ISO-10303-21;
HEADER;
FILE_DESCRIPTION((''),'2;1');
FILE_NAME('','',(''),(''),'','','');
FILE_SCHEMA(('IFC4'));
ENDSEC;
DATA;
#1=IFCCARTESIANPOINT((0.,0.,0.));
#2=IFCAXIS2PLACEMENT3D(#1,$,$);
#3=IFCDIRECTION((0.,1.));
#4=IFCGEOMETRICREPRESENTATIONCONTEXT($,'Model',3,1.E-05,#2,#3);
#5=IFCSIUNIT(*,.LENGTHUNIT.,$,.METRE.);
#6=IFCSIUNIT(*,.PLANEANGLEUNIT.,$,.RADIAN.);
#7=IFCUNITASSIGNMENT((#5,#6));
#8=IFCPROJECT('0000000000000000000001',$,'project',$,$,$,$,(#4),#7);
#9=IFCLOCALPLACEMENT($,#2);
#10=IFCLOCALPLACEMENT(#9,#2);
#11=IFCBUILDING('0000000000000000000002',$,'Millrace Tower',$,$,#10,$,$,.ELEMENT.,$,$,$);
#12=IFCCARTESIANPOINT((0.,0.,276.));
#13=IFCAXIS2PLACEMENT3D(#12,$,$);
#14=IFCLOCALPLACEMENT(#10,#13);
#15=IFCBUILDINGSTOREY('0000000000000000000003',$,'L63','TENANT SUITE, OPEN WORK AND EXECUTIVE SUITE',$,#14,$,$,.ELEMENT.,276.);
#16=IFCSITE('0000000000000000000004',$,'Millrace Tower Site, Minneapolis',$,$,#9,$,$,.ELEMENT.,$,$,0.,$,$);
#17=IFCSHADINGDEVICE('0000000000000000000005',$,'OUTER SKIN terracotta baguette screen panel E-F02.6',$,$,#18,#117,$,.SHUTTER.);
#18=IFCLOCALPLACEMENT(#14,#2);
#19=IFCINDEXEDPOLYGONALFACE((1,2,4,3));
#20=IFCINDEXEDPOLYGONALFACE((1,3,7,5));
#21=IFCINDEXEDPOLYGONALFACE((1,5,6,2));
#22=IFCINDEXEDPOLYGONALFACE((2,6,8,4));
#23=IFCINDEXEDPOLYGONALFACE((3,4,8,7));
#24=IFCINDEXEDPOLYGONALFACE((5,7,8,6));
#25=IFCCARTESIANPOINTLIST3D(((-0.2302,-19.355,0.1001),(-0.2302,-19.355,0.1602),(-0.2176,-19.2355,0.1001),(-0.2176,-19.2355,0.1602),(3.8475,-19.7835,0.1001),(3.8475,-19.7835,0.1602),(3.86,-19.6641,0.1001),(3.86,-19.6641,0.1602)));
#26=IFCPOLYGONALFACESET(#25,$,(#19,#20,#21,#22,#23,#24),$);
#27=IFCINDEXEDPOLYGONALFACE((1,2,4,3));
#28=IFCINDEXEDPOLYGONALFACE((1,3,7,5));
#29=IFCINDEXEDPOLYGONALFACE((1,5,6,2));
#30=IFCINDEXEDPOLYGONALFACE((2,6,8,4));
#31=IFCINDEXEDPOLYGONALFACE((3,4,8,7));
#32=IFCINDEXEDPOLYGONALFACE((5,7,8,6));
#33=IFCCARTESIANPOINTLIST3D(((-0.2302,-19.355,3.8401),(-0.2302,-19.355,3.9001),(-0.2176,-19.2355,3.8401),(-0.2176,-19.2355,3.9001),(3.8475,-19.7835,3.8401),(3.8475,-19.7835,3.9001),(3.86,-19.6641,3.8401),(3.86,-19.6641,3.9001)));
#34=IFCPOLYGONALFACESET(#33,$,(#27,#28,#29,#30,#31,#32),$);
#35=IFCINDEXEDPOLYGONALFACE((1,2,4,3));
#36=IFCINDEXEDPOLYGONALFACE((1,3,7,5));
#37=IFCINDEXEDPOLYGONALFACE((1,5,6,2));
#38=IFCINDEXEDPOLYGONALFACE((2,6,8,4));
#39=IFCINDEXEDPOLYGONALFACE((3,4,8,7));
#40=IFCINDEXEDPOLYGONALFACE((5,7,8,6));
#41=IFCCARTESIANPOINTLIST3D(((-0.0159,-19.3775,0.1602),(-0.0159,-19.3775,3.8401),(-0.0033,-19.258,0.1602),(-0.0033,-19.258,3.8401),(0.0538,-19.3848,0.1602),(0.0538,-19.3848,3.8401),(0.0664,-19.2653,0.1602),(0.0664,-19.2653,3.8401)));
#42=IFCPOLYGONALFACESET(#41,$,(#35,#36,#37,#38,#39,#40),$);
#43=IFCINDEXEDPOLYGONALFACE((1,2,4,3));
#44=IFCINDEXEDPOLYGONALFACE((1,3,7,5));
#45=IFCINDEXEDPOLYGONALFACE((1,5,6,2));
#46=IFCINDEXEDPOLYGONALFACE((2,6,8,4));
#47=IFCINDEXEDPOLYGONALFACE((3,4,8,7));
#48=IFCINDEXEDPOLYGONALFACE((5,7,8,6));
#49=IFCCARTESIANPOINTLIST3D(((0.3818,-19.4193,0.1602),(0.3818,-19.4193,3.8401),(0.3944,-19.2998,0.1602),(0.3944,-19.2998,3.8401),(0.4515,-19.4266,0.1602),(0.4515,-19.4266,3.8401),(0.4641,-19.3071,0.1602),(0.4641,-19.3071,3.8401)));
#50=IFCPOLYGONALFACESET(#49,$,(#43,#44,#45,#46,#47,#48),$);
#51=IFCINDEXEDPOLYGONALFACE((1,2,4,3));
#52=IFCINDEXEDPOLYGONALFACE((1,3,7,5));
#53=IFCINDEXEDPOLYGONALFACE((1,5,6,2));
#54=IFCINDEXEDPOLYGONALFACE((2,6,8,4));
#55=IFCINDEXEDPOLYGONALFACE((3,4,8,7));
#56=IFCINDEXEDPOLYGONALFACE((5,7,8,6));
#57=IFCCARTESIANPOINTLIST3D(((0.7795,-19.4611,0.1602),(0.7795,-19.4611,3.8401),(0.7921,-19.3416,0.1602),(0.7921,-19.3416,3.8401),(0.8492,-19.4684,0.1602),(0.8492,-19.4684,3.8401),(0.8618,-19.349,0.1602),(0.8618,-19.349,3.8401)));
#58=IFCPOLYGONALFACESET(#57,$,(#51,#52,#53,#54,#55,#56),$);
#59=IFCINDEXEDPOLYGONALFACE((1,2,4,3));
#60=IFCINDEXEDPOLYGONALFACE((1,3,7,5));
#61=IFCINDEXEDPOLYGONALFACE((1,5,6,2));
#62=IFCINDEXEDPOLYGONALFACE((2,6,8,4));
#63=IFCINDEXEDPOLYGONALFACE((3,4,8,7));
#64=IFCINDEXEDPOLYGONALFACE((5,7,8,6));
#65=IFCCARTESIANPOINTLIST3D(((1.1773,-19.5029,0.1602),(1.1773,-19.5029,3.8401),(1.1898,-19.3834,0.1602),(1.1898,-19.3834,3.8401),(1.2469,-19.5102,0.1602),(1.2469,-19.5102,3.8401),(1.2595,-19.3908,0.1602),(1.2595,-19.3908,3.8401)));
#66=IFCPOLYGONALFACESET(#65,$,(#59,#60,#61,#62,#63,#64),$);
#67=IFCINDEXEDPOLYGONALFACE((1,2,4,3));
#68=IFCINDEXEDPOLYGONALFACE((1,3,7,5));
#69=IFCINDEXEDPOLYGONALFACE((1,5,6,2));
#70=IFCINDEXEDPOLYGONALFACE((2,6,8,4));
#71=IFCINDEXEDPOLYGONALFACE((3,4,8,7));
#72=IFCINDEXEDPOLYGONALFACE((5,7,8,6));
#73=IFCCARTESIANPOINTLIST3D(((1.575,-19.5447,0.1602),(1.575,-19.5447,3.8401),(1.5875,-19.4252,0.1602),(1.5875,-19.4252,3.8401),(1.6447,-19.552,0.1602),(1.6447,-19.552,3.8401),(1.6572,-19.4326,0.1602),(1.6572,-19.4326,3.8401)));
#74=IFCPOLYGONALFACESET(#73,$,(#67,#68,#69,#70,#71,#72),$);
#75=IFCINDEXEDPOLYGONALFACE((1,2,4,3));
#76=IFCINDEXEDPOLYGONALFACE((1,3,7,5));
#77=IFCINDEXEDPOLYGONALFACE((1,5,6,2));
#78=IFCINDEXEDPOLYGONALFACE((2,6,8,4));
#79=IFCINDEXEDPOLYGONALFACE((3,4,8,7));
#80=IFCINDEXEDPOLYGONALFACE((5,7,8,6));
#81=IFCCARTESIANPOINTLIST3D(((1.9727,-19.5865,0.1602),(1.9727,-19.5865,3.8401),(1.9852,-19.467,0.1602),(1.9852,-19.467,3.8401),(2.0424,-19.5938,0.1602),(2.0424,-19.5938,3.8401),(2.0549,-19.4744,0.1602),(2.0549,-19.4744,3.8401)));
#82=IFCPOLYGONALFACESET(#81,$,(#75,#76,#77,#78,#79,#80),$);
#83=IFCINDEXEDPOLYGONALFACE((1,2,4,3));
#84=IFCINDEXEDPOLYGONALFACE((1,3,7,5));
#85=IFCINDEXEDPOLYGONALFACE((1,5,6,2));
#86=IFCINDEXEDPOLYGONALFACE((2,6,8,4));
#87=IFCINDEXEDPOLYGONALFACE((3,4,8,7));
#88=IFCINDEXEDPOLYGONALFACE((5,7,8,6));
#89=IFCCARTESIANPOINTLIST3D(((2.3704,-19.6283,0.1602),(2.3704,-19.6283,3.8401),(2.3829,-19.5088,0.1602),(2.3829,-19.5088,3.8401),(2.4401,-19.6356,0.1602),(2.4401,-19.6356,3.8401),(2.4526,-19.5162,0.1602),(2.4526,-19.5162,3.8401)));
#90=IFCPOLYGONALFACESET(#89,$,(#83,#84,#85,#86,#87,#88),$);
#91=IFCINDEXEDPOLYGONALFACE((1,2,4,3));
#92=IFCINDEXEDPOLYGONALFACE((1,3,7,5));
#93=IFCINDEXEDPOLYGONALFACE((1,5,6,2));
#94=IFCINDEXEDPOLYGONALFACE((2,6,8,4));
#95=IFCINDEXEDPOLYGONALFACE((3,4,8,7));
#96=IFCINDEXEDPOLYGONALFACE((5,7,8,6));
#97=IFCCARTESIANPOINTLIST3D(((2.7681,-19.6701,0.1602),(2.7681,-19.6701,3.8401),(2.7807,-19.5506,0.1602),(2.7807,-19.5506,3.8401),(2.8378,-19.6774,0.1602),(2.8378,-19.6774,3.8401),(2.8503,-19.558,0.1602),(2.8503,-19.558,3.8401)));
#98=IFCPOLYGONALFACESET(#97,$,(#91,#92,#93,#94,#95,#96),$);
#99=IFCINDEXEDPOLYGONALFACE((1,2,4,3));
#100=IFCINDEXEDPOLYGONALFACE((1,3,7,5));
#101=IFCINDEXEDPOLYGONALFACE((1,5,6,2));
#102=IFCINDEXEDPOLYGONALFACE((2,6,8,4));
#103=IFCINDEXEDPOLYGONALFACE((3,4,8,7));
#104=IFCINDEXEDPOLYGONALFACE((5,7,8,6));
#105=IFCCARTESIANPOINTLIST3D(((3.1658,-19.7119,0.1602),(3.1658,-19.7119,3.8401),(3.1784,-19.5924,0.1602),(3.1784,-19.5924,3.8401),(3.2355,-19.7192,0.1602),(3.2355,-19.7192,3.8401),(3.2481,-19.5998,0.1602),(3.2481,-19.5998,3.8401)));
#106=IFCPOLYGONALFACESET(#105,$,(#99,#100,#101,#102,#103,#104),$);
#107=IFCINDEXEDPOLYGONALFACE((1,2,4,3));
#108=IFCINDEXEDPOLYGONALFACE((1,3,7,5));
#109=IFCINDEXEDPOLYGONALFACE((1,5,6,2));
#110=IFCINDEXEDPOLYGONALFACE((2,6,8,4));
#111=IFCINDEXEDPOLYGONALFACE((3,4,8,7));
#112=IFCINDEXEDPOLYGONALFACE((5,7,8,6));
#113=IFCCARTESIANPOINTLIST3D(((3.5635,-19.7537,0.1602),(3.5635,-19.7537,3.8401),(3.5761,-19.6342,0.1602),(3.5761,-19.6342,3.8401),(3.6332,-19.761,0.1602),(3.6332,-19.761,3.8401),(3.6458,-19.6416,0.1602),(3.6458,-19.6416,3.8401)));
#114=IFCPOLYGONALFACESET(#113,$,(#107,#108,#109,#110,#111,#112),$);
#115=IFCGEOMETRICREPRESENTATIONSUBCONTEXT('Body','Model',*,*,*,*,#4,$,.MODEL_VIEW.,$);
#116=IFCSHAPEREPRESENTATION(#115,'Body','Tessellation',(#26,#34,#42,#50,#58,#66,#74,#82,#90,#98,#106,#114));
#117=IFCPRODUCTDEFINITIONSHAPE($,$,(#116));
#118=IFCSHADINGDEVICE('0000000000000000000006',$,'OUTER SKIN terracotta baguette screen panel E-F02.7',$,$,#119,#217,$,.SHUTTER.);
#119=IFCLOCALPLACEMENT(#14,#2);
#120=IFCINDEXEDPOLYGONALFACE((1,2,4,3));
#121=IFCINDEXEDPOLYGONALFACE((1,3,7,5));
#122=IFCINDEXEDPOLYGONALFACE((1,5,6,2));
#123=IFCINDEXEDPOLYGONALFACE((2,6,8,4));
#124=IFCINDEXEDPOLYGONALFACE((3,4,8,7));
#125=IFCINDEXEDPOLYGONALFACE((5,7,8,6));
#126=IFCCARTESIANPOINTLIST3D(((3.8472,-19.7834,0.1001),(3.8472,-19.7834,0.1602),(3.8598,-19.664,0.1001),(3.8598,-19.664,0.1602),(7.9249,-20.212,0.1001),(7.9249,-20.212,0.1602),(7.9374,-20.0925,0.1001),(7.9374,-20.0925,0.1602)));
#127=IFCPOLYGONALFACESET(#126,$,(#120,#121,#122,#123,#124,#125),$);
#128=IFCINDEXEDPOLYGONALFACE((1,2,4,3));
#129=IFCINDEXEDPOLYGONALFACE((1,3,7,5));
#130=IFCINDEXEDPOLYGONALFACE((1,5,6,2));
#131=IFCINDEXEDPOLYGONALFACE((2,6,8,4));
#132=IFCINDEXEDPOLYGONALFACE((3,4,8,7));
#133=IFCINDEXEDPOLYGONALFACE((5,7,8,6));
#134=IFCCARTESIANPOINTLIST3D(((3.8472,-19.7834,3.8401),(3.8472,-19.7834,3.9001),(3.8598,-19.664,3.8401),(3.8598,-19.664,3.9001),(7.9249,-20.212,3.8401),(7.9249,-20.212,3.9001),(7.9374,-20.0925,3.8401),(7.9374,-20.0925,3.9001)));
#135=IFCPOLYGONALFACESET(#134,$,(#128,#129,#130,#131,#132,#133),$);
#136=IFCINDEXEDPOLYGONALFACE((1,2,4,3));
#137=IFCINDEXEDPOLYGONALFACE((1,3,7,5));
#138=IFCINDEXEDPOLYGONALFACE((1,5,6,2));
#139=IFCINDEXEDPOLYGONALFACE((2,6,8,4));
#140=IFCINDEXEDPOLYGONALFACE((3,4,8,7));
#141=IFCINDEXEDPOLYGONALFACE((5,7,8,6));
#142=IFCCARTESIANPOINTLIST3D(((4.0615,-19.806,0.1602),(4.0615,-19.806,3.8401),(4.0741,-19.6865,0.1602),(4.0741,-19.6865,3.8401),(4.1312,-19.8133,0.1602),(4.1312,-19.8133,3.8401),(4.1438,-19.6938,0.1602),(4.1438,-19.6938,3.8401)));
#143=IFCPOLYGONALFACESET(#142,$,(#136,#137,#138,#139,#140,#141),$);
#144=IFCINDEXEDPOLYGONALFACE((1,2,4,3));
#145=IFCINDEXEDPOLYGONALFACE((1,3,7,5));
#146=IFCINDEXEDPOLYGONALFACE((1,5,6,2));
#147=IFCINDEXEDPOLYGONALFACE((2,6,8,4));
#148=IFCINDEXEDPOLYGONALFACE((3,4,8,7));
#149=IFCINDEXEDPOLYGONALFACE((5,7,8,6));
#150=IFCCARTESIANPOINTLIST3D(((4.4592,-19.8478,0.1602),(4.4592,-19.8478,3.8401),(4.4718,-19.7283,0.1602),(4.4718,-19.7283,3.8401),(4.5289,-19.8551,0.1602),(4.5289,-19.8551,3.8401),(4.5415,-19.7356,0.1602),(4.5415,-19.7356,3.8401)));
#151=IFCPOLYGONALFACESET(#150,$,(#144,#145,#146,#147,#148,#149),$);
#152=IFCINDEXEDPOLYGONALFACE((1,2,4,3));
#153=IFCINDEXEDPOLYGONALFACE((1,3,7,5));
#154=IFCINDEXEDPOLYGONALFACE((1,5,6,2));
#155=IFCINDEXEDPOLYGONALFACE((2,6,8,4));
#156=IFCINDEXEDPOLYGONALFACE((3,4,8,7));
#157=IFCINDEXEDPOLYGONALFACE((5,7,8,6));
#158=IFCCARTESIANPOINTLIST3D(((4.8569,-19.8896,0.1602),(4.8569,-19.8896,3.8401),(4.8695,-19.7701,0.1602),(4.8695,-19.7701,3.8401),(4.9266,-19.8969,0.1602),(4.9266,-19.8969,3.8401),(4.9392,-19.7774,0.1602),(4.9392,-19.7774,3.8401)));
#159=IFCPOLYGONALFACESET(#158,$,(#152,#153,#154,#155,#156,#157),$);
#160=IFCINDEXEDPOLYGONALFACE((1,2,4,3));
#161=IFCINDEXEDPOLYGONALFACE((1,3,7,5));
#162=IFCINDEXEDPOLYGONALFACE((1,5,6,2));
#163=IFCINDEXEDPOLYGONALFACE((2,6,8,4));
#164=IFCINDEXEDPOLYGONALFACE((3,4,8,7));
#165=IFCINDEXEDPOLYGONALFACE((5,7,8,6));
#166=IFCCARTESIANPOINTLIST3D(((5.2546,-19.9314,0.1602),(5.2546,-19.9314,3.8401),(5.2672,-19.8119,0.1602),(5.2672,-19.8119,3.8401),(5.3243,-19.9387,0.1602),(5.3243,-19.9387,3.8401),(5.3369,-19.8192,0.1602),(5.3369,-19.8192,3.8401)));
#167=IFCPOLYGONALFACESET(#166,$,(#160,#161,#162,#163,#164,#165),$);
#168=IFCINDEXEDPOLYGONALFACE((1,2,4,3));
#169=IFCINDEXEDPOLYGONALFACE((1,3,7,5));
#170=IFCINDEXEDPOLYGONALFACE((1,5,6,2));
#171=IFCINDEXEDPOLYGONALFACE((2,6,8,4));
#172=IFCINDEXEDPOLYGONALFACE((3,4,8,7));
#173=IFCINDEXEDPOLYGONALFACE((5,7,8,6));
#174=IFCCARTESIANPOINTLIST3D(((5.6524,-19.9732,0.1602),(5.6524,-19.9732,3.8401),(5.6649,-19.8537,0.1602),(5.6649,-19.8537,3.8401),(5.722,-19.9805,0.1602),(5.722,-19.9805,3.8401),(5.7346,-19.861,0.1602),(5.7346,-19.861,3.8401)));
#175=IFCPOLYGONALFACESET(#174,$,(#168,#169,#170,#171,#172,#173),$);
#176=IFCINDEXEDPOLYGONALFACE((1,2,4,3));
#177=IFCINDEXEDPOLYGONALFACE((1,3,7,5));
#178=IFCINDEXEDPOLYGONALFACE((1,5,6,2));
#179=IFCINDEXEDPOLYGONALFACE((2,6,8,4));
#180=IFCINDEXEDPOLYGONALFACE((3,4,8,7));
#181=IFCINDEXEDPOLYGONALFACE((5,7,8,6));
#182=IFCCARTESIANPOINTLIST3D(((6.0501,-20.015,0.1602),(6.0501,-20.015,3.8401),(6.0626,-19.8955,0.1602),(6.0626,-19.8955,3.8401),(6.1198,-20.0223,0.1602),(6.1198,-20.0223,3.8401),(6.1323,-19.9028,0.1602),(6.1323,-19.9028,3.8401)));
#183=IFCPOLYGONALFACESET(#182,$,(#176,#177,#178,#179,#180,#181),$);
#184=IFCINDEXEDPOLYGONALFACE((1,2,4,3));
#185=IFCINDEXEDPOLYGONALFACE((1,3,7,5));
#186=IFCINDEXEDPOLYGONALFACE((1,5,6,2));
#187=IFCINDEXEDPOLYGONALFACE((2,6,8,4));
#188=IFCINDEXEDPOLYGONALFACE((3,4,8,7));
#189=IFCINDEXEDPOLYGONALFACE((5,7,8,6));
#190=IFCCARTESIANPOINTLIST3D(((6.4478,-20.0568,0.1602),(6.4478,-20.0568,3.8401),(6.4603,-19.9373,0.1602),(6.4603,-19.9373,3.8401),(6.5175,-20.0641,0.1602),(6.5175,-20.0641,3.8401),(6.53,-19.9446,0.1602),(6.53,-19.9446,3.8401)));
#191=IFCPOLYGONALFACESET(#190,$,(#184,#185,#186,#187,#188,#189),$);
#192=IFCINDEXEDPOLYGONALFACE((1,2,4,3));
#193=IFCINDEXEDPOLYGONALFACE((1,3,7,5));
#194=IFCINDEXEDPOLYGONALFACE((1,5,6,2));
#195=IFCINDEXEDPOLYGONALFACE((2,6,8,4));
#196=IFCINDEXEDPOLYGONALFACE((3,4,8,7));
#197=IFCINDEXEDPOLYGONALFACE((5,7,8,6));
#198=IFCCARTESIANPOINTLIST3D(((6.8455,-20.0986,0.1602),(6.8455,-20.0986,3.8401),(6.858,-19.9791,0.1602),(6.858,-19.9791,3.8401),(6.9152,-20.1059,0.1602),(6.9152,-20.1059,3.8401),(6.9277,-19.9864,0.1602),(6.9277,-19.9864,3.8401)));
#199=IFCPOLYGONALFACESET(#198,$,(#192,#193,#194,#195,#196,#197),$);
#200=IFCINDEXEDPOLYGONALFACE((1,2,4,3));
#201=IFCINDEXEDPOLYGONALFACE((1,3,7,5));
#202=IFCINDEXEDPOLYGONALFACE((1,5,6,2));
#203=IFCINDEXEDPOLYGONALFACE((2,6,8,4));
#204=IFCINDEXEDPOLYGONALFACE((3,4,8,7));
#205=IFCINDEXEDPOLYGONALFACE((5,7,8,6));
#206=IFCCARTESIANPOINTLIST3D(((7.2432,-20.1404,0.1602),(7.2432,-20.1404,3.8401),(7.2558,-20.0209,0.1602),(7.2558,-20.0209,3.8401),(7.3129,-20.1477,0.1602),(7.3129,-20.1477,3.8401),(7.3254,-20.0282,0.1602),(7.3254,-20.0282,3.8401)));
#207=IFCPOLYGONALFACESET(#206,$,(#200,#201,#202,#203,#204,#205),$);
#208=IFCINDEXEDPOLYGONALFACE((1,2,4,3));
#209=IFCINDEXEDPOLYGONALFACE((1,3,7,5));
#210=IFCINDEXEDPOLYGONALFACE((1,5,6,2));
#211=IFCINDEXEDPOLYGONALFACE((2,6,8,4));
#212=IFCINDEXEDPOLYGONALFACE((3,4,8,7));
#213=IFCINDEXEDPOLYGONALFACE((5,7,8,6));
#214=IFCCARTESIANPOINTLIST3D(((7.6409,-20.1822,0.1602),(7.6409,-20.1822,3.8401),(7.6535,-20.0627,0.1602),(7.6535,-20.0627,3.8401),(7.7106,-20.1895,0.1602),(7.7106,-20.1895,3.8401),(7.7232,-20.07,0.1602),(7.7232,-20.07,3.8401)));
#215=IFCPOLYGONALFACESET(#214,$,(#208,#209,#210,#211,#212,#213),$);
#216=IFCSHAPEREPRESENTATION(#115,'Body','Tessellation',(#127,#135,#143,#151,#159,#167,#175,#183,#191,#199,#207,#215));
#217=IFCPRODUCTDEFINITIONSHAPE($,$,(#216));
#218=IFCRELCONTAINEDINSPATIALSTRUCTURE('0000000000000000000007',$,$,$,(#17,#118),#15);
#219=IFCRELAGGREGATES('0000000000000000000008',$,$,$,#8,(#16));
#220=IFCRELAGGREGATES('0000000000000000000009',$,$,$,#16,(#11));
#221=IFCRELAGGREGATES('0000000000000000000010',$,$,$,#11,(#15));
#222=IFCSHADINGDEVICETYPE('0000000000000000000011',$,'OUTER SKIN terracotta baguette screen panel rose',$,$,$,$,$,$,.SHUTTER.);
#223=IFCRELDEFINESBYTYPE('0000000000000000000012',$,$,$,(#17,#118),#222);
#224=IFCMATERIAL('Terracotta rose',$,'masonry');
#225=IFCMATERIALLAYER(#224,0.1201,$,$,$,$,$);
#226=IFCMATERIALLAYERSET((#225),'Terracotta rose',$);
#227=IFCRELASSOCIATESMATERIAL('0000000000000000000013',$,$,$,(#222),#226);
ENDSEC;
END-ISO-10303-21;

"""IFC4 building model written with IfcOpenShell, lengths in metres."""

from ifc_helpers import new_model, entity, si_unit, direction, frame, frame_2d, origin, place, context, subcontext, project, spatial, rectangle, extrude, source, transform, mapped, material, layer, layer_set, type_object, element, save


model = new_model("IFC4")

# Units and contexts
model_context = context("Model", 3, precision=1e-05, world=origin(), true_north=direction((0.0, 1.0)))
body_context = subcontext(model_context, "Body", "Model", "MODEL_VIEW")
ifc_project = project(units=[si_unit("LENGTHUNIT", "METRE"), si_unit("PLANEANGLEUNIT", "RADIAN")], contexts=[model_context])

# Site, building, storey
site_placement = place(None, origin())
site = spatial("IfcSite", under=ifc_project, at=site_placement, Name="Millrace Tower Site, Minneapolis", CompositionType="ELEMENT", RefElevation=0.0)
building_placement = place(site_placement, origin())
building = spatial("IfcBuilding", under=site, at=building_placement, Name="Millrace Tower", CompositionType="ELEMENT")
storey_placement = place(building_placement, frame((0.0, 0.0, 276.0)))
storey = spatial("IfcBuildingStorey", under=building, at=storey_placement, Name="L63", Description="TENANT SUITE, OPEN WORK AND EXECUTIVE SUITE", CompositionType="ELEMENT", Elevation=276.0)

# Shading devices
ifc_material_1 = material(Name="Terracotta rose", Category="masonry")
ifc_layer_1 = layer(ifc_material_1, 0.1201)
ifc_layer_set_1 = layer_set([ifc_layer_1], Name="Terracotta rose")
shading_device_type = type_object("IfcShadingDeviceType", Name="OUTER SKIN terracotta baguette screen panel rose", PredefinedType="SHUTTER", material=ifc_layer_set_1)
cartesian_point = entity("IfcCartesianPoint", [-2.05, 0.0601])
shared_polyline = entity("IfcPolyline", [cartesian_point, entity("IfcCartesianPoint", [2.05, 0.0601]), entity("IfcCartesianPoint", [2.05, -0.0601]), entity("IfcCartesianPoint", [-2.05, -0.0601]), cartesian_point])
shared_shape = source(origin(), body_context, "Body", "SweptSolid", [
    entity("IfcExtrudedAreaSolid", entity("IfcArbitraryClosedProfileDef", "AREA", None, shared_polyline), entity("IfcAxis2Placement3D", entity("IfcCartesianPoint", [0.0, 0.0, 0.0])), entity("IfcDirection", [0.0, 0.0, 1.0]), 0.0601),
    entity("IfcExtrudedAreaSolid", entity("IfcArbitraryClosedProfileDef", "AREA", None, shared_polyline), entity("IfcAxis2Placement3D", entity("IfcCartesianPoint", [0.0, 0.0, 3.74])), entity("IfcDirection", [0.0, 0.0, 1.0]), 0.0601),
    extrude(rectangle(XDim=0.0701, YDim=0.1201, at=frame_2d((-1.7996, 0.0))), frame((0.0, 0.0, 0.0601)), (0.0, 0.0, 1.0), 3.6799),
    extrude(rectangle(XDim=0.0701, YDim=0.1201, at=frame_2d((-1.3997, 0.0))), frame((0.0, 0.0, 0.0601)), (0.0, 0.0, 1.0), 3.6799),
    extrude(rectangle(XDim=0.0701, YDim=0.1201, at=frame_2d((-0.9998, 0.0))), frame((0.0, 0.0, 0.0601)), (0.0, 0.0, 1.0), 3.6799),
    extrude(rectangle(XDim=0.0701, YDim=0.1201, at=frame_2d((-0.5999, 0.0))), frame((0.0, 0.0, 0.0601)), (0.0, 0.0, 1.0), 3.6799),
    extrude(rectangle(XDim=0.0701, YDim=0.1201, at=frame_2d((-0.2, 0.0))), frame((0.0, 0.0, 0.0601)), (0.0, 0.0, 1.0), 3.6799),
    extrude(rectangle(XDim=0.0701, YDim=0.1201, at=frame_2d((0.2, 0.0))), frame((0.0, 0.0, 0.0601)), (0.0, 0.0, 1.0), 3.6799),
    extrude(rectangle(XDim=0.0701, YDim=0.1201, at=frame_2d((0.5999, 0.0))), frame((0.0, 0.0, 0.0601)), (0.0, 0.0, 1.0), 3.6799),
    extrude(rectangle(XDim=0.0701, YDim=0.1201, at=frame_2d((0.9998, 0.0))), frame((0.0, 0.0, 0.0601)), (0.0, 0.0, 1.0), 3.6799),
    extrude(rectangle(XDim=0.0701, YDim=0.1201, at=frame_2d((1.3997, 0.0))), frame((0.0, 0.0, 0.0601)), (0.0, 0.0, 1.0), 3.6799),
    extrude(rectangle(XDim=0.0701, YDim=0.1201, at=frame_2d((1.7996, 0.0))), frame((0.0, 0.0, 0.0601)), (0.0, 0.0, 1.0), 3.6799),
])
for number, where, z_axis, x_axis, name in (
    (1, (1.8149, -19.5095, 0.1001), (0.0, 0.0, 1.0), (0.994522, -0.104528, 0.0), "OUTER SKIN terracotta baguette screen panel E-F02.6"),
    (2, (5.8923, -19.938, 0.1001), (0.0, 0.0, 1.0), (0.994522, -0.104528, 0.0), "OUTER SKIN terracotta baguette screen panel E-F02.7"),
):
    element("IfcShadingDevice", number, at=place(storey_placement, frame(where, z_axis=z_axis, x_axis=x_axis)), inside=storey, type_object=shading_device_type, Name=name, PredefinedType="SHUTTER", context=body_context, shape_type="MappedRepresentation", body=[
        mapped(shared_shape, transform((0.0, 0.0, 0.0), scale=1.0)),
    ])

save(model, "model.ifc")
